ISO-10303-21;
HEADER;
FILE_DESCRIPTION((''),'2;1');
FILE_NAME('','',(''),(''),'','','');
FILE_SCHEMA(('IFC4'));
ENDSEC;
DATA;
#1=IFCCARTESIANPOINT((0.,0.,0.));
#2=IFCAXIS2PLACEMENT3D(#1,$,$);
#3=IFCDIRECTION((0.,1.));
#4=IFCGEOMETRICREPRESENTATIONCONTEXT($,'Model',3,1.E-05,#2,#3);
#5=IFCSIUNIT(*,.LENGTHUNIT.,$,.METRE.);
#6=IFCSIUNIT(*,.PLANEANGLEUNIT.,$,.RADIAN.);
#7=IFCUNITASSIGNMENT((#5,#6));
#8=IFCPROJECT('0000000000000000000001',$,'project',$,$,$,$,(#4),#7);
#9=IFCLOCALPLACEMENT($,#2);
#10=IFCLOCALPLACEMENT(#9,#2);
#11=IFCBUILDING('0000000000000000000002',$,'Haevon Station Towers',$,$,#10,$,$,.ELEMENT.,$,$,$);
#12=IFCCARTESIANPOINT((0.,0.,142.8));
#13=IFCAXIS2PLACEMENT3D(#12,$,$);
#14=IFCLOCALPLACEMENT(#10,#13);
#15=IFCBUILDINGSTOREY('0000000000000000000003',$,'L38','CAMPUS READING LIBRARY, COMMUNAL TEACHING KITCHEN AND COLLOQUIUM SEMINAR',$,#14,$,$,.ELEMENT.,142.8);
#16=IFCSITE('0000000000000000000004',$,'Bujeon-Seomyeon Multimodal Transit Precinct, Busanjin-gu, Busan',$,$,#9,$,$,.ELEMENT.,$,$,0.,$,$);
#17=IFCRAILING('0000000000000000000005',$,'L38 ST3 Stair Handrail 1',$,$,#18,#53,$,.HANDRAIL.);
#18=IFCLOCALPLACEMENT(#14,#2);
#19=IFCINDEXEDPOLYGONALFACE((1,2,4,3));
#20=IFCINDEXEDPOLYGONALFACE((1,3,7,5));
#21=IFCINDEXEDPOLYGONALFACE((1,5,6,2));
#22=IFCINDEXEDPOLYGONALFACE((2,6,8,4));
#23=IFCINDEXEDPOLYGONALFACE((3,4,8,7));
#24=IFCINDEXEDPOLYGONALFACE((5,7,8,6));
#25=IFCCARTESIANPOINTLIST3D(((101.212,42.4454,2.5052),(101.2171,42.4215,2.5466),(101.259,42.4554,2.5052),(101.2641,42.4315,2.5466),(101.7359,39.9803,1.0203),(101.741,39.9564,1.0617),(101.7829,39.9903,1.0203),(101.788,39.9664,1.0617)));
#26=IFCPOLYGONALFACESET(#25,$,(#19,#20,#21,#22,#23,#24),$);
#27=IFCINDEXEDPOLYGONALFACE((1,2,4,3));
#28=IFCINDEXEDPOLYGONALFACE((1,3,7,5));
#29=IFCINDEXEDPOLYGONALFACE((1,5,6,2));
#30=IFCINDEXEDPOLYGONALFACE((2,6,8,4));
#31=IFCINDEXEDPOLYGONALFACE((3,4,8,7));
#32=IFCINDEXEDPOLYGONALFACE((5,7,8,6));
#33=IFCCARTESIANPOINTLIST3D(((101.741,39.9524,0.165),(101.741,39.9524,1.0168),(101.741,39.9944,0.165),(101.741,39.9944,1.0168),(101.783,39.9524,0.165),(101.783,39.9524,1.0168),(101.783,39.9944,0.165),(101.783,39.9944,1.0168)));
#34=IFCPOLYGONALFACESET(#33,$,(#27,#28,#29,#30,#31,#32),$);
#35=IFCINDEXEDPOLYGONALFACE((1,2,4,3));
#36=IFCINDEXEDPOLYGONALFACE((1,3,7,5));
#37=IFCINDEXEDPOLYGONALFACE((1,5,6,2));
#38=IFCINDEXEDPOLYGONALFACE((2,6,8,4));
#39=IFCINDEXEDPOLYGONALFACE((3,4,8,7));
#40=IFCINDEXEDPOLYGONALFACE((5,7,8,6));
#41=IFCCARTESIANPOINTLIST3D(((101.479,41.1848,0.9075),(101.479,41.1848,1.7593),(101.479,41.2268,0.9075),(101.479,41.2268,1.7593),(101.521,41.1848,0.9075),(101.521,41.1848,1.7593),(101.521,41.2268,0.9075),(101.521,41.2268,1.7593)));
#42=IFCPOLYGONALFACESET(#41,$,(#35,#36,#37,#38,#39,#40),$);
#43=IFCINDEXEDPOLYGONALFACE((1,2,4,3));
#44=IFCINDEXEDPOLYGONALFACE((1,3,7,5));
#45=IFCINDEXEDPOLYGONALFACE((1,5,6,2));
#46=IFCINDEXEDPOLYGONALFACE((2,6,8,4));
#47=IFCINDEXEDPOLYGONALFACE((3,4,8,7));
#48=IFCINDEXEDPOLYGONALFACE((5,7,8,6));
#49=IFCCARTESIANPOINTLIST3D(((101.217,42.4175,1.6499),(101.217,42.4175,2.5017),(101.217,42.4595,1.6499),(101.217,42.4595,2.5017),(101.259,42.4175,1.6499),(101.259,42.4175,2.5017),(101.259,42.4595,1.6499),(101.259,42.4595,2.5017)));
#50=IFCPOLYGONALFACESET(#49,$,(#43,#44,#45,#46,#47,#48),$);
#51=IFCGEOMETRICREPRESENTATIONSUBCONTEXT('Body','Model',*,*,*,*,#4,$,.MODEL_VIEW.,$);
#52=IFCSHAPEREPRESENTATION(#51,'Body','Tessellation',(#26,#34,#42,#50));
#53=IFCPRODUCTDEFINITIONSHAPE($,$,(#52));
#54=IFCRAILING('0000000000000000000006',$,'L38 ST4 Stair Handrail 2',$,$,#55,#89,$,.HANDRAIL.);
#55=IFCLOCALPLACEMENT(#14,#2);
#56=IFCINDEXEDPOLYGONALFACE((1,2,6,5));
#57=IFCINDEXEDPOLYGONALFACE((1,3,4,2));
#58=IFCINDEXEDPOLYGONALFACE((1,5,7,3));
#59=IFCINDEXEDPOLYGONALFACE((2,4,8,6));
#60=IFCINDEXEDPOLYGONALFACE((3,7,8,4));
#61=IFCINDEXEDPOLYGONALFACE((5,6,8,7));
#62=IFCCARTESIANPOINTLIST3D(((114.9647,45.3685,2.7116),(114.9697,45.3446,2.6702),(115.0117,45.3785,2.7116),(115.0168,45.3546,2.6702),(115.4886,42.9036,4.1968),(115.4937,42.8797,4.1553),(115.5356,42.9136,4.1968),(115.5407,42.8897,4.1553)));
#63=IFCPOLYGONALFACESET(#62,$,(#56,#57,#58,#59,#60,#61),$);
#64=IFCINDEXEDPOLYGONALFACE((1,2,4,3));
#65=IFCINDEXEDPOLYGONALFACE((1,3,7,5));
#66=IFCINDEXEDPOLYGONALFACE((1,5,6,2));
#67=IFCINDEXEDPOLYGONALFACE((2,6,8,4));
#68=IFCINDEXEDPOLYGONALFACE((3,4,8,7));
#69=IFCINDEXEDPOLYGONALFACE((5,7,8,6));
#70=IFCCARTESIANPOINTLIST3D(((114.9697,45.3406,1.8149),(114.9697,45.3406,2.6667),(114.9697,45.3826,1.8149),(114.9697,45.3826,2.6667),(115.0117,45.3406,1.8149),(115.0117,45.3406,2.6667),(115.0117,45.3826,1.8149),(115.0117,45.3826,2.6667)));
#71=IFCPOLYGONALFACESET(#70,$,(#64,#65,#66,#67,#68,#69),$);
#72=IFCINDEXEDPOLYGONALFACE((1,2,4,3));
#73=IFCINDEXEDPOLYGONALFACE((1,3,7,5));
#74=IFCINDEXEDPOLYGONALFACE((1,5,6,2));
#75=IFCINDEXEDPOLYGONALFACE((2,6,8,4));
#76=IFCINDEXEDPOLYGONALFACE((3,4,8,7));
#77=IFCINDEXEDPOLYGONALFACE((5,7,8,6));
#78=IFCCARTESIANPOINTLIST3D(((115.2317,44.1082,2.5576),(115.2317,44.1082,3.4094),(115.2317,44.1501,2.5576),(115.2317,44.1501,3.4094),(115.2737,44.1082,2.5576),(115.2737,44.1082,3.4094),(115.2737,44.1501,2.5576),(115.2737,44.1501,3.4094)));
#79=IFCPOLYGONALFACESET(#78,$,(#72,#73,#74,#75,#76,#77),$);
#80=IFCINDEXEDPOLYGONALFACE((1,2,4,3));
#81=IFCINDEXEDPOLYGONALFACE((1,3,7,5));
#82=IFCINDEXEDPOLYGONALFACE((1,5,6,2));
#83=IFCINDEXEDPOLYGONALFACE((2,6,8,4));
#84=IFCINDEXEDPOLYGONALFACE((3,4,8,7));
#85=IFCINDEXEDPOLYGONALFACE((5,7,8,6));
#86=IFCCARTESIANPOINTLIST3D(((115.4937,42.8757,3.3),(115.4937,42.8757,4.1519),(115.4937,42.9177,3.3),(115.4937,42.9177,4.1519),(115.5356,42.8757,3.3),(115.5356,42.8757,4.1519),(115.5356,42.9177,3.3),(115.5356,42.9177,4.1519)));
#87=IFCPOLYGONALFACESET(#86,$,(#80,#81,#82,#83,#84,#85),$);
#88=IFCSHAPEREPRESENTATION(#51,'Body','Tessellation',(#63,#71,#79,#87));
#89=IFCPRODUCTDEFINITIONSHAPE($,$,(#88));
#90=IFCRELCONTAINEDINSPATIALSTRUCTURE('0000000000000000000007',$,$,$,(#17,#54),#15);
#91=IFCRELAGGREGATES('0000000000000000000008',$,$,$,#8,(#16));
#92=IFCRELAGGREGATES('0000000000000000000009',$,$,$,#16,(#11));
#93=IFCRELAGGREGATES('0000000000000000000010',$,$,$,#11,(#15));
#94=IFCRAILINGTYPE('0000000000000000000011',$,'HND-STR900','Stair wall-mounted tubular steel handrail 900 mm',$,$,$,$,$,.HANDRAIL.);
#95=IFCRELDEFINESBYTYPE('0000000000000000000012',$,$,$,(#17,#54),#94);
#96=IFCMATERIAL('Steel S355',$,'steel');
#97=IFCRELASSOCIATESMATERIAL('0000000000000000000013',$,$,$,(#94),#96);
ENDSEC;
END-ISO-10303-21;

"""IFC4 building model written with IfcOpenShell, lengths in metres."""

from ifc_helpers import new_model, si_unit, direction, frame, origin, origin_2d, place, context, subcontext, project, spatial, rectangle, extrude, material, type_object, element, save


model = new_model("IFC4")

# Units and contexts
model_context = context("Model", 3, precision=1e-05, world=origin(), true_north=direction((0.0, 1.0)))
body_context = subcontext(model_context, "Body", "Model", "MODEL_VIEW")
ifc_project = project(units=[si_unit("LENGTHUNIT", "METRE"), si_unit("PLANEANGLEUNIT", "RADIAN")], contexts=[model_context])

# Site, building, storey
site_placement = place(None, origin())
site = spatial("IfcSite", under=ifc_project, at=site_placement, Name="Bujeon-Seomyeon Multimodal Transit Precinct, Busanjin-gu, Busan", CompositionType="ELEMENT", RefElevation=0.0)
building_placement = place(site_placement, origin())
building = spatial("IfcBuilding", under=site, at=building_placement, Name="Haevon Station Towers", CompositionType="ELEMENT")
storey_placement = place(building_placement, frame((0.0, 0.0, 142.8)))
storey = spatial("IfcBuildingStorey", under=building, at=storey_placement, Name="L38", Description="CAMPUS READING LIBRARY, COMMUNAL TEACHING KITCHEN AND COLLOQUIUM SEMINAR", CompositionType="ELEMENT", Elevation=142.8)

# Shared definitions
ifc_material_1 = material(Name="Steel S355", Category="steel")

# Railings
railing_type_1 = type_object("IfcRailingType", Name="HND-STR900", Description="Stair wall-mounted tubular steel handrail 900 mm", PredefinedType="HANDRAIL", material=ifc_material_1)
railing_1_placement = place(storey_placement, frame((101.762, 39.9734, 0.165)))
element("IfcRailing", 1, at=railing_1_placement, inside=storey, type_object=railing_type_1, Name="L38 ST3 Stair Handrail 1", PredefinedType="HANDRAIL", context=body_context, shape_type="SweptSolid", body=[
    extrude(rectangle(XDim=0.0481, YDim=0.0481, at=origin_2d()), frame((0.0, 0.0, 0.876), z_axis=(-0.179116, 0.842748, 0.507635), x_axis=(-0.978151, -0.207895, 0.0)), (0.0, 0.0, 1.0), 2.925),
    extrude(rectangle(XDim=0.042, YDim=0.042, at=origin_2d()), origin(), (0.0, 0.0, 1.0), 0.8518),
    extrude(rectangle(XDim=0.042, YDim=0.042, at=origin_2d()), frame((-0.262, 1.2324, 0.7424)), (0.0, 0.0, 1.0), 0.8518),
    extrude(rectangle(XDim=0.042, YDim=0.042, at=origin_2d()), frame((-0.5239, 2.4651, 1.4849)), (0.0, 0.0, 1.0), 0.8518),
])
railing_2_placement = place(storey_placement, frame((114.9907, 45.3616, 1.8149)))
element("IfcRailing", 2, at=railing_2_placement, inside=storey, type_object=railing_type_1, Name="L38 ST4 Stair Handrail 2", PredefinedType="HANDRAIL", context=body_context, shape_type="SweptSolid", body=[
    extrude(rectangle(XDim=0.0481, YDim=0.0481, at=origin_2d()), frame((0.0, 0.0, 0.876), z_axis=(0.179121, -0.842688, 0.507733), x_axis=(0.978147, 0.207914, 0.0)), (0.0, 0.0, 1.0), 2.925),
    extrude(rectangle(XDim=0.042, YDim=0.042, at=origin_2d()), origin(), (0.0, 0.0, 1.0), 0.8518),
    extrude(rectangle(XDim=0.042, YDim=0.042, at=origin_2d()), frame((0.262, -1.2324, 0.7427)), (0.0, 0.0, 1.0), 0.8518),
    extrude(rectangle(XDim=0.042, YDim=0.042, at=origin_2d()), frame((0.5239, -2.4648, 1.4851)), (0.0, 0.0, 1.0), 0.8518),
])

save(model, "model.ifc")
